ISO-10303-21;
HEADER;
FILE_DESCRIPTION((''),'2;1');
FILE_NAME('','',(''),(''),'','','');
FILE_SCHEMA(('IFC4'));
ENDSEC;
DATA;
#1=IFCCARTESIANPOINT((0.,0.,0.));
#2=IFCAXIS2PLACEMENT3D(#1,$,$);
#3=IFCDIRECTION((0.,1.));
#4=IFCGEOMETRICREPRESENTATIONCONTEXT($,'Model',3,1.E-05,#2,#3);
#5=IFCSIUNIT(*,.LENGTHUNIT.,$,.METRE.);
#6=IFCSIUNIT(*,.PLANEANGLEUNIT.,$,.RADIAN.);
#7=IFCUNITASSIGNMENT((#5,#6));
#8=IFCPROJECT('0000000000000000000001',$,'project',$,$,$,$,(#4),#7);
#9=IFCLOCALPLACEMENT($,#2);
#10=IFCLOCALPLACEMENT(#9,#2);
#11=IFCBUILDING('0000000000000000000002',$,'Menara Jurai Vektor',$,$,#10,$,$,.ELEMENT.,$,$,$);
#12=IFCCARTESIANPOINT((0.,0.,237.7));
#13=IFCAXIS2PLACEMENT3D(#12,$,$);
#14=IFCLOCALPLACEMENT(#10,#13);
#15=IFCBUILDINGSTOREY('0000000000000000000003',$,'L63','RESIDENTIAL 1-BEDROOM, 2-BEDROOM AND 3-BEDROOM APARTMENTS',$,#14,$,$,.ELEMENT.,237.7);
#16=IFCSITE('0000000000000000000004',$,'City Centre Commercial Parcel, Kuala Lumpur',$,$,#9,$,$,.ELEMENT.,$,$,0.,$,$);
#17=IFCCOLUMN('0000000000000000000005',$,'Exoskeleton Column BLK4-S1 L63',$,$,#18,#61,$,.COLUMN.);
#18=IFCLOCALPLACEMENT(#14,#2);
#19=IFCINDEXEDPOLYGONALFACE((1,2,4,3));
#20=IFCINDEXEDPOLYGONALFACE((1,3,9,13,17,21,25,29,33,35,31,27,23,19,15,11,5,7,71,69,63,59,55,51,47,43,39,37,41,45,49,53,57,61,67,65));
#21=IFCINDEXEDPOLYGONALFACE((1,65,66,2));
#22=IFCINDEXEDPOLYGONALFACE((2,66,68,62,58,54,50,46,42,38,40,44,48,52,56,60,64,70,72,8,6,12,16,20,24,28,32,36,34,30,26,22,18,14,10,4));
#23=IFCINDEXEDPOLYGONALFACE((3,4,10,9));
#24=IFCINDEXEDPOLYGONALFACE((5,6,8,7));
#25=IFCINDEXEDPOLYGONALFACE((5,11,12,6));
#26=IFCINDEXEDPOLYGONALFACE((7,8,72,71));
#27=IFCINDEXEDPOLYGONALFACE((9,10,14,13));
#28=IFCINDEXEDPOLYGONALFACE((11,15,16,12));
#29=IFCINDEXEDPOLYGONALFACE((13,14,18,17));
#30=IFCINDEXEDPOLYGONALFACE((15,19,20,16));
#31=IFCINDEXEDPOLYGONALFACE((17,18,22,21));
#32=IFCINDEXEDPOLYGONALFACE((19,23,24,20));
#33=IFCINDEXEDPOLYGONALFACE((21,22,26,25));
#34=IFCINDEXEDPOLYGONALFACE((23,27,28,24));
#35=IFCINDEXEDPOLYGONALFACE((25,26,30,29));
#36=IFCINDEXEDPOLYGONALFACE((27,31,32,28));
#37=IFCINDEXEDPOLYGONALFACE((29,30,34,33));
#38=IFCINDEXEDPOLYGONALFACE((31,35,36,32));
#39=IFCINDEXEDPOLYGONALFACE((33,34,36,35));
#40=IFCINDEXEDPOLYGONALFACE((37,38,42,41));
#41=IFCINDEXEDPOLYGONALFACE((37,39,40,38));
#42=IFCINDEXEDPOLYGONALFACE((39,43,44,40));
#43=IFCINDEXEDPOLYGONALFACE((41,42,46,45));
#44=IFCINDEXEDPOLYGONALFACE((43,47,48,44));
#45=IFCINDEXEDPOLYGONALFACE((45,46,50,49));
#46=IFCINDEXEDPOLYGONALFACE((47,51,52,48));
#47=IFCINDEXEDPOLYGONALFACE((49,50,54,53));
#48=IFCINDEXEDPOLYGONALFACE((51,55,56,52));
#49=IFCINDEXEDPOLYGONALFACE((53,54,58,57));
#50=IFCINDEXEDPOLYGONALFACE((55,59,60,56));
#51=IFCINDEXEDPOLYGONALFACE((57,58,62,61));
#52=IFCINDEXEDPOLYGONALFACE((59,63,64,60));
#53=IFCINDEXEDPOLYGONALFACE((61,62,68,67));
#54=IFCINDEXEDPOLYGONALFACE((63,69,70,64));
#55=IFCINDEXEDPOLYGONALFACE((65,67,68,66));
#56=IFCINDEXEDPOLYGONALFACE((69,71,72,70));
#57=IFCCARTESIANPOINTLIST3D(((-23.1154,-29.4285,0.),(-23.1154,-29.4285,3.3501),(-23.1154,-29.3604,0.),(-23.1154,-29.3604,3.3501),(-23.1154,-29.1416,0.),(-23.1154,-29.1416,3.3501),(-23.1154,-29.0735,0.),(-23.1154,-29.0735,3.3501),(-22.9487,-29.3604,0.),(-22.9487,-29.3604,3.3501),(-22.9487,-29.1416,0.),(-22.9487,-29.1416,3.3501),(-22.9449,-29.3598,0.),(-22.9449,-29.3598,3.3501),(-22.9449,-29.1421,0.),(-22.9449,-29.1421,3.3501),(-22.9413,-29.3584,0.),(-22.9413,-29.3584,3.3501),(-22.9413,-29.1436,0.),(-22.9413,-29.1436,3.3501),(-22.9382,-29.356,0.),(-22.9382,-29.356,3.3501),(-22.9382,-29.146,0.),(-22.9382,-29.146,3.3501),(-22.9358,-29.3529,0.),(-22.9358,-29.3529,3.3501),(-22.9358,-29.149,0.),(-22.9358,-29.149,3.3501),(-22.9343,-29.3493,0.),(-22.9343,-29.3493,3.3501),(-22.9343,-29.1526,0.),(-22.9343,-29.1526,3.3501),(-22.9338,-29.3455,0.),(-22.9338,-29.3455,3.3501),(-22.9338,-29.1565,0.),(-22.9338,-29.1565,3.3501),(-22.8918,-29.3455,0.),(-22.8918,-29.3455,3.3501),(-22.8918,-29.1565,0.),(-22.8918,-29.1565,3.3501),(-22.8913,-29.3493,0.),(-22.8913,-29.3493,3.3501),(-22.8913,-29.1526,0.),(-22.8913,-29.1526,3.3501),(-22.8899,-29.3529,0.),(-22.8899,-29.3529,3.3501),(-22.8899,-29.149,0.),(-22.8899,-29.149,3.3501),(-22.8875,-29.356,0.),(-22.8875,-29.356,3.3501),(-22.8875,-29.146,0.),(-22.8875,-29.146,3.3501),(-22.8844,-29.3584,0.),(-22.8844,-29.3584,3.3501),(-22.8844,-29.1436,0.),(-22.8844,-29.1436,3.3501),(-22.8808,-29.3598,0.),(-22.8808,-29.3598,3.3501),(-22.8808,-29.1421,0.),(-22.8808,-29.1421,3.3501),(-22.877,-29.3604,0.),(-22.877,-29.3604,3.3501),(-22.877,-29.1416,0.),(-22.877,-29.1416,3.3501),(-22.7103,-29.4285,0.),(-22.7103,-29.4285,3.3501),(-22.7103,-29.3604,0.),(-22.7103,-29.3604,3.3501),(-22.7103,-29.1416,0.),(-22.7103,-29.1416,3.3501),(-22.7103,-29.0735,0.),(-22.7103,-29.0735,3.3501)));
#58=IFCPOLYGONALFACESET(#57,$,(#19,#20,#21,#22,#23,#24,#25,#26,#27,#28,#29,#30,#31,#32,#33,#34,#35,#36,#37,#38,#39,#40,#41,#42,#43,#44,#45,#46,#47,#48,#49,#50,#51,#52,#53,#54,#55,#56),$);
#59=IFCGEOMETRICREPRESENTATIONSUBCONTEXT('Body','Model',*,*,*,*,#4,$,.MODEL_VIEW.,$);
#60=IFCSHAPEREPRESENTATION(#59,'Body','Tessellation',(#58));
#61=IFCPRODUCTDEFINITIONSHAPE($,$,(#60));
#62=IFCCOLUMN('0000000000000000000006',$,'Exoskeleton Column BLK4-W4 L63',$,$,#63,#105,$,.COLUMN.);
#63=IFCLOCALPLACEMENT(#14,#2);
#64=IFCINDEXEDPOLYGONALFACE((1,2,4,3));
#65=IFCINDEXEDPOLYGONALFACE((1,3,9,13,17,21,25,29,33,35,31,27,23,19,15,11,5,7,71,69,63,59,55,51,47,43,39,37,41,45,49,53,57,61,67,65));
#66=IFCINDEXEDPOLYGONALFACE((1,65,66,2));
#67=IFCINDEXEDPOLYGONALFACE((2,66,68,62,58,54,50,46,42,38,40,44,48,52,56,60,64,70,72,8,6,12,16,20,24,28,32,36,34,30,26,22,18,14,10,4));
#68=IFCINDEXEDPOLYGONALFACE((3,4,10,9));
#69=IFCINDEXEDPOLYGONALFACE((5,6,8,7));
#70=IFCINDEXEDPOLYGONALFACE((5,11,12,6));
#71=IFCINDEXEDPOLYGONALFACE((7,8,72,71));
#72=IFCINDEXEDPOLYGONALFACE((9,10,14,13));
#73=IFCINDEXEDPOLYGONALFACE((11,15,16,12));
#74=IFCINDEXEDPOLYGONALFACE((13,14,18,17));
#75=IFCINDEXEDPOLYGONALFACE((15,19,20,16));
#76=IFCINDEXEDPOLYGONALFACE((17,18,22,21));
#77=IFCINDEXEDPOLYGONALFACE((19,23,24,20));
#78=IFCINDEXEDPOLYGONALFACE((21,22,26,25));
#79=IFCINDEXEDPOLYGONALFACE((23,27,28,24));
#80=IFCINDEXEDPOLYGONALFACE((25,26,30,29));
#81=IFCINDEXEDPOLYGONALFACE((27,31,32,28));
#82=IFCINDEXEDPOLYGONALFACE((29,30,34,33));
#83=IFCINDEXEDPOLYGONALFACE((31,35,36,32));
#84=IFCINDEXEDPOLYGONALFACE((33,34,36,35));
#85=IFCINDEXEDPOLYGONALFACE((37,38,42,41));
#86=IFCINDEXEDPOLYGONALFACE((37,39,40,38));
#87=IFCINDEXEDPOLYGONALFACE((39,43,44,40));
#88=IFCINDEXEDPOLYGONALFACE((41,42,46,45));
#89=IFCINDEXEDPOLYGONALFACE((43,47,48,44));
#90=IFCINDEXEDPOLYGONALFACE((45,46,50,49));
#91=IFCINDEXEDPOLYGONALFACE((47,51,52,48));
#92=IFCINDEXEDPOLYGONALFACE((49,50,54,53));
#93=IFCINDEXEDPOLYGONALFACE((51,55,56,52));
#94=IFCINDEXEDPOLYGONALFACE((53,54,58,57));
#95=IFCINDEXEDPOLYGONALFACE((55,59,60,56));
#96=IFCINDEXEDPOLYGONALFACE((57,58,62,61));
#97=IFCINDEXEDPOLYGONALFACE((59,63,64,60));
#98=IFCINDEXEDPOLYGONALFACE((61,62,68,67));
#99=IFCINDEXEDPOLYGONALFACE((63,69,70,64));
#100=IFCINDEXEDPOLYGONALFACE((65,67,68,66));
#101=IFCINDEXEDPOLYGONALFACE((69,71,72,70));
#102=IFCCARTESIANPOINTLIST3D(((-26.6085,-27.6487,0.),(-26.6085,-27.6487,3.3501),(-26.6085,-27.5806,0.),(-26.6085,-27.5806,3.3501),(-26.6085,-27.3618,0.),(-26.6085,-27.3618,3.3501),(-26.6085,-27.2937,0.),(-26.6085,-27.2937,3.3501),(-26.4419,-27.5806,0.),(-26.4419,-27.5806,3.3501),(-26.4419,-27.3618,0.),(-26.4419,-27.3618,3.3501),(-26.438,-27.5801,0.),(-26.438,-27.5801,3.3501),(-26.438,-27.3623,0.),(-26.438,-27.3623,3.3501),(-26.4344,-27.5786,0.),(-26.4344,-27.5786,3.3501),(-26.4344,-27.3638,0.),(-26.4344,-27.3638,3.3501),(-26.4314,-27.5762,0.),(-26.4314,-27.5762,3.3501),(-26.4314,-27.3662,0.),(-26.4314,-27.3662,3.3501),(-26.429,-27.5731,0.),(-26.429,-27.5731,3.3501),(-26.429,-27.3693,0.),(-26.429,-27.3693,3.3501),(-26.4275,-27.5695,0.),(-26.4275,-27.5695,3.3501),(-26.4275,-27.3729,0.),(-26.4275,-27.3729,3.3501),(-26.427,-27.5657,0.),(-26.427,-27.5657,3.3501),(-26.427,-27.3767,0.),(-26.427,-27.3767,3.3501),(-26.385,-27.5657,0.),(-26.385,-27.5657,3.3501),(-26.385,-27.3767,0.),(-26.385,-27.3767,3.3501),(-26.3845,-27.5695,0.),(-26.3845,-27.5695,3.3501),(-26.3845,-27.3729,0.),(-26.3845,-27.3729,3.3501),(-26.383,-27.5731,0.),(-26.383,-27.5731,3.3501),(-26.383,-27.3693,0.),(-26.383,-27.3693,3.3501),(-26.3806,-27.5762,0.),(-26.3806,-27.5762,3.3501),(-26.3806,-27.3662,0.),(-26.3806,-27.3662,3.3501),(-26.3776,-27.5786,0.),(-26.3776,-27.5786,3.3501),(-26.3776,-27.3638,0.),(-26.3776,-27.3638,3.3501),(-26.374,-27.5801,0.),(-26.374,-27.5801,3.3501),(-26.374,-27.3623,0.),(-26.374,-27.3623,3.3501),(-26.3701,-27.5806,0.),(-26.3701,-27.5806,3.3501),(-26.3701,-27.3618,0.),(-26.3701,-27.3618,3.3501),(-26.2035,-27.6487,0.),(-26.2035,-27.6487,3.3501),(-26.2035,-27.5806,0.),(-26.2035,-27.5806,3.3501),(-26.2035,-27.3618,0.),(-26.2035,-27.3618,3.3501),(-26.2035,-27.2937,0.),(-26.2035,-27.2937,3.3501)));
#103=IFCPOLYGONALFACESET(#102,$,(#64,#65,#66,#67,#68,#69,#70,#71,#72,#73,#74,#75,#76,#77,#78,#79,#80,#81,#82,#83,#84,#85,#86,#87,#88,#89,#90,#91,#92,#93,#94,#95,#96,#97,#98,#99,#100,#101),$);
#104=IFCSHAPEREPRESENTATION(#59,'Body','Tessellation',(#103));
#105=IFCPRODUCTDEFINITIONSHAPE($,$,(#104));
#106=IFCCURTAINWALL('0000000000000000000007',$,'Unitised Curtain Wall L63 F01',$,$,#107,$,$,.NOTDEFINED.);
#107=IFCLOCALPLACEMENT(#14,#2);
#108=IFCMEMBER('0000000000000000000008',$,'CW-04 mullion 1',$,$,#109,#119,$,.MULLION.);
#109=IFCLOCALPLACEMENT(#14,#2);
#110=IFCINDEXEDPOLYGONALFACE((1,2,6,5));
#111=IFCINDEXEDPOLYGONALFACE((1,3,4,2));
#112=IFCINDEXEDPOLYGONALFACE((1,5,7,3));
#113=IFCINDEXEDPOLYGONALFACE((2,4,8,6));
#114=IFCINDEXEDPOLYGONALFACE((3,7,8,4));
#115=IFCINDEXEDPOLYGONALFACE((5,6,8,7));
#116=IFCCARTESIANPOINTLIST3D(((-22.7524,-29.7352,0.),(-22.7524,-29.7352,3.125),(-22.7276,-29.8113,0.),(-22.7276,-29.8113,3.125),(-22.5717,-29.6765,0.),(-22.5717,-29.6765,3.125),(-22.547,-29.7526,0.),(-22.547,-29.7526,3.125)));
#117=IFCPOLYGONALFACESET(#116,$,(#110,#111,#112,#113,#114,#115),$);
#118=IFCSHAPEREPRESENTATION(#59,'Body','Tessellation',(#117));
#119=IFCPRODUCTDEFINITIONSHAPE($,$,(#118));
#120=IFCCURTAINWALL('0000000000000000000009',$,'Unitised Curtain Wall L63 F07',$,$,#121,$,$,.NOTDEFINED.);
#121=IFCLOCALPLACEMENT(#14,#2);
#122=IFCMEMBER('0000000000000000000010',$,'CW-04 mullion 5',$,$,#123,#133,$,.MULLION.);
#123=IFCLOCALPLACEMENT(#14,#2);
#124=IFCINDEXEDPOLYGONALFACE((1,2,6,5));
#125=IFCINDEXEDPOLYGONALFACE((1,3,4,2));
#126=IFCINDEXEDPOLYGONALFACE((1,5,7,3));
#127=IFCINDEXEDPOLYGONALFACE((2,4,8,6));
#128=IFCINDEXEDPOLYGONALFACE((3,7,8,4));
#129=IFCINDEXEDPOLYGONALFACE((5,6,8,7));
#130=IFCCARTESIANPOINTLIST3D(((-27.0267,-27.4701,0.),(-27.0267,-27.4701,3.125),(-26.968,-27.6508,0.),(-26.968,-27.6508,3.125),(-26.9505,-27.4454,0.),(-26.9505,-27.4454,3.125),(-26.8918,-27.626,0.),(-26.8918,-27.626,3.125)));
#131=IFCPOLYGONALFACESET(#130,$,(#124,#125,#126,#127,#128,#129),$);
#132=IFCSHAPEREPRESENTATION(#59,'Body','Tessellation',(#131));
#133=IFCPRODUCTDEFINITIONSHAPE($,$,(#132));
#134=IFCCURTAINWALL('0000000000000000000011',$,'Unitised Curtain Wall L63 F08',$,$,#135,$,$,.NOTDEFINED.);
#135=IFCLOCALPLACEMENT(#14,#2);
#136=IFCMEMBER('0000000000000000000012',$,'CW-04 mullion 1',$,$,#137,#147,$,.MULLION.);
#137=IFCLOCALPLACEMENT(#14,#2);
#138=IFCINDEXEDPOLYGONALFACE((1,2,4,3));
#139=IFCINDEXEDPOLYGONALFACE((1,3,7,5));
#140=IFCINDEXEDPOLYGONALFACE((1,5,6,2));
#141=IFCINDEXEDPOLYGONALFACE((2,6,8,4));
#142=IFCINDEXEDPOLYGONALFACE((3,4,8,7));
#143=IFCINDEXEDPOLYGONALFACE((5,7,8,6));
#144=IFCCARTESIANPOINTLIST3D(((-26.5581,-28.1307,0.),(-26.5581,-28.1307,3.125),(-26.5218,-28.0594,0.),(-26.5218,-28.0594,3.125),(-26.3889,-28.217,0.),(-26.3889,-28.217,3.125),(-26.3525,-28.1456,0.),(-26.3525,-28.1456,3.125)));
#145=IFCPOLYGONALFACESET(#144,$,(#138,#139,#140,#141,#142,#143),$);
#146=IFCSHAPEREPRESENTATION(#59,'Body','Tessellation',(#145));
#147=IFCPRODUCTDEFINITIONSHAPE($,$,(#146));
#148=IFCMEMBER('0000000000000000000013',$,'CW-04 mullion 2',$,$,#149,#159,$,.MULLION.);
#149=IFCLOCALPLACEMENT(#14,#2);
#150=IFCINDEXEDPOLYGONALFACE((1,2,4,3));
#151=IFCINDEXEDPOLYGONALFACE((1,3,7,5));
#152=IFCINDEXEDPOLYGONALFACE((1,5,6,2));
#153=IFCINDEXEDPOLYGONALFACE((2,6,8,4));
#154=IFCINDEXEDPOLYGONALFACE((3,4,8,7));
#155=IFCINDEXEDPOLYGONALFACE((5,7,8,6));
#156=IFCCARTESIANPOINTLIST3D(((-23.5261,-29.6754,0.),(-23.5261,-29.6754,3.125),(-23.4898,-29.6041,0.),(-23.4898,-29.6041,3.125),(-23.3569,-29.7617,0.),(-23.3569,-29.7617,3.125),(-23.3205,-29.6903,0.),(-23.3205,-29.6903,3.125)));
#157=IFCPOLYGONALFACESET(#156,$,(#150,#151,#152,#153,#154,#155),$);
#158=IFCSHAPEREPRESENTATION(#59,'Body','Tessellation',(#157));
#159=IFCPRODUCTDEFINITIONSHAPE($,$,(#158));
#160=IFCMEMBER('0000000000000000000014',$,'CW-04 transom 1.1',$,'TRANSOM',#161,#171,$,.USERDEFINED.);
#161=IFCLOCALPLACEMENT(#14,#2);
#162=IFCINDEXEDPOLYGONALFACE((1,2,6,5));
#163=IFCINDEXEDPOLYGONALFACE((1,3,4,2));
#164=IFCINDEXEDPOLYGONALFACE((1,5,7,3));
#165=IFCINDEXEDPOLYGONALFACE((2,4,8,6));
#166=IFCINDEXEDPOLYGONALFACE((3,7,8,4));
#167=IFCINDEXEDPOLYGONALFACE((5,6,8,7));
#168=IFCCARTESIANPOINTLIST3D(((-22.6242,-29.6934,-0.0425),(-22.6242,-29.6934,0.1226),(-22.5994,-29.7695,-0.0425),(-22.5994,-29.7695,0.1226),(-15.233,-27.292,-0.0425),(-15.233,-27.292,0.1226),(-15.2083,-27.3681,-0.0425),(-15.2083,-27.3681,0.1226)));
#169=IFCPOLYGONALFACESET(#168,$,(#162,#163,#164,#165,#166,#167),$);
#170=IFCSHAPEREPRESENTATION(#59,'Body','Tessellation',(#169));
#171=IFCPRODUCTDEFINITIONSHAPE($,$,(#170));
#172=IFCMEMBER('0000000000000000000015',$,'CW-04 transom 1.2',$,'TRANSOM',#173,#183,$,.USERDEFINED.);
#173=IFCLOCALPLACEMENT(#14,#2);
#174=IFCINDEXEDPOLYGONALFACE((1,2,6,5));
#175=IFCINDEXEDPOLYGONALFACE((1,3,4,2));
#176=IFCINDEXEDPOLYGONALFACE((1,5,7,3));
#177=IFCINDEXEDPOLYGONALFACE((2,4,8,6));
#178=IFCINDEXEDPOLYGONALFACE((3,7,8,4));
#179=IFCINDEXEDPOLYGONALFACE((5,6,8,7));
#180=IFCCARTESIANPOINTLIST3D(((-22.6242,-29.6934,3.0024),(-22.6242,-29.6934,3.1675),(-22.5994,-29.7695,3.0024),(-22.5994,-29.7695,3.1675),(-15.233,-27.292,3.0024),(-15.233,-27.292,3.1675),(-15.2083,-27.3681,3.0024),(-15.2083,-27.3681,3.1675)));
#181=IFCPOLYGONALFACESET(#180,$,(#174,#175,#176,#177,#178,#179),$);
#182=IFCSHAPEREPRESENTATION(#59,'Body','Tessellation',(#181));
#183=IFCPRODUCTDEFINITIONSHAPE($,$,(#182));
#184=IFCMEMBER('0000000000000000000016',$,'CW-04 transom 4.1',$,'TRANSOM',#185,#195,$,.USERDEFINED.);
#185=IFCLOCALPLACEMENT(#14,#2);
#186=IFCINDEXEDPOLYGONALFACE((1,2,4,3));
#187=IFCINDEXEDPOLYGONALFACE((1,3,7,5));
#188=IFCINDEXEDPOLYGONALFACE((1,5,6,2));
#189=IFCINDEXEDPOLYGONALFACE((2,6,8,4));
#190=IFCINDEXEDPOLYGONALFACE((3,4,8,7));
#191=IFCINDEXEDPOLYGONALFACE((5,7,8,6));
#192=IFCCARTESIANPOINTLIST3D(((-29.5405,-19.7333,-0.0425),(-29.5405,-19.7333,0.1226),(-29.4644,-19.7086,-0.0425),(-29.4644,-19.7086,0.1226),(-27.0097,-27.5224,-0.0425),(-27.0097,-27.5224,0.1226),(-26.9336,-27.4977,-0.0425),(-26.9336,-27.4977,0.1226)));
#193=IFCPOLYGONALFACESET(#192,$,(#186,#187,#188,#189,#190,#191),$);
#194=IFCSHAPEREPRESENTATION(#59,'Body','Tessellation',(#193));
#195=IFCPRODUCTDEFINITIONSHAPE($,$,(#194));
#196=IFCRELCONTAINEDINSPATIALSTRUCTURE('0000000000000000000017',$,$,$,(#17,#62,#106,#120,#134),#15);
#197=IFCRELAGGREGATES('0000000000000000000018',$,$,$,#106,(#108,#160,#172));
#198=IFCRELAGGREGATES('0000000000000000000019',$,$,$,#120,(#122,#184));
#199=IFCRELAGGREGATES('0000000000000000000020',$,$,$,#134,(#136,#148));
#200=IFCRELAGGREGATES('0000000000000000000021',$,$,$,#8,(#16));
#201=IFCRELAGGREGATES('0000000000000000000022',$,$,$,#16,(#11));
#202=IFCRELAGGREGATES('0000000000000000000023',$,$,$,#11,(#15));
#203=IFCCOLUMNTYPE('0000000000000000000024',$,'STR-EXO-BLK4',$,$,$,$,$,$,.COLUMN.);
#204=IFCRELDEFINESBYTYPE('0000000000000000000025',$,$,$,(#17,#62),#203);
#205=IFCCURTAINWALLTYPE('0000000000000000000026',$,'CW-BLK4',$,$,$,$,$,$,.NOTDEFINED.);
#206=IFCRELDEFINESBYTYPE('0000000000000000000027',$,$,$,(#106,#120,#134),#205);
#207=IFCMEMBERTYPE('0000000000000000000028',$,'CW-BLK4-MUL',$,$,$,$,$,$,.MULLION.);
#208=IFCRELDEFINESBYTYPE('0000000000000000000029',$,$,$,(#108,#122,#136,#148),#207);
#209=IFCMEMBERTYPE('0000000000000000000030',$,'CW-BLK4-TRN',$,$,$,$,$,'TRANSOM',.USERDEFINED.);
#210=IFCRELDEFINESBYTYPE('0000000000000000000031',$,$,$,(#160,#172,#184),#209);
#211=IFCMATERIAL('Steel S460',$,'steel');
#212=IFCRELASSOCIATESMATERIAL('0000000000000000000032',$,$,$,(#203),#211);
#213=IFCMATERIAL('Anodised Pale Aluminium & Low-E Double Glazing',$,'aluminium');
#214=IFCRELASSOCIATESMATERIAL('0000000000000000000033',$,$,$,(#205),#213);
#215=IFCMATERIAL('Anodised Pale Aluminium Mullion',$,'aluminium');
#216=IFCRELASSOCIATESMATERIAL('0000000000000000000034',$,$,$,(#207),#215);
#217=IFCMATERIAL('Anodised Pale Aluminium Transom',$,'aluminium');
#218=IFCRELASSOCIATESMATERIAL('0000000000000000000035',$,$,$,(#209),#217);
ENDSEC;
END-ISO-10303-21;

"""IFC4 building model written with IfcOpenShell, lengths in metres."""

from ifc_helpers import new_model, si_unit, direction, frame, origin, origin_2d, place, context, subcontext, project, spatial, rectangle, i_section, extrude, material, material_profile, profile_set, type_object, element, aggregate, save


model = new_model("IFC4")

# Units and contexts
model_context = context("Model", 3, precision=1e-05, world=origin(), true_north=direction((0.0, 1.0)))
body_context = subcontext(model_context, "Body", "Model", "MODEL_VIEW")
ifc_project = project(units=[si_unit("LENGTHUNIT", "METRE"), si_unit("PLANEANGLEUNIT", "RADIAN")], contexts=[model_context])

# Site, building, storey
site_placement = place(None, origin())
site = spatial("IfcSite", under=ifc_project, at=site_placement, Name="City Centre Commercial Parcel, Kuala Lumpur", CompositionType="ELEMENT", RefElevation=0.0)
building_placement = place(site_placement, origin())
building = spatial("IfcBuilding", under=site, at=building_placement, Name="Menara Jurai Vektor", CompositionType="ELEMENT")
storey_placement = place(building_placement, frame((0.0, 0.0, 237.7)))
storey = spatial("IfcBuildingStorey", under=building, at=storey_placement, Name="L63", Description="RESIDENTIAL 1-BEDROOM, 2-BEDROOM AND 3-BEDROOM APARTMENTS", CompositionType="ELEMENT", Elevation=237.7)

# Columns
ifc_material_1 = material(Name="Steel S460", Category="steel")
ifc_material_profile_1 = material_profile(ifc_material_1, i_section(OverallWidth=0.405, OverallDepth=0.355, WebThickness=0.042, FlangeThickness=0.0681, FilletRadius=0.0149, at=origin_2d()), Name="HD 400x551")
ifc_profile_set_1 = profile_set([ifc_material_profile_1], Name="Steel S460")
column_type = type_object("IfcColumnType", Name="STR-EXO-BLK4", PredefinedType="COLUMN", material=ifc_profile_set_1)
for number, where, z_axis, x_axis, name in (
    (1, (-22.9128, -29.251, 0.0), (0.0, 0.0, 1.0), (1.0, 0.0, 0.0), "Exoskeleton Column BLK4-S1 L63"),
    (2, (-26.406, -27.4712, 0.0), (0.0, 0.0, 1.0), (1.0, 0.0, 0.0), "Exoskeleton Column BLK4-W4 L63"),
):
    element("IfcColumn", number, at=place(storey_placement, frame(where, z_axis=z_axis, x_axis=x_axis)), inside=storey, type_object=column_type, Name=name, PredefinedType="COLUMN", context=body_context, shape_type="SweptSolid", body=[
        extrude(i_section(OverallWidth=0.405, OverallDepth=0.355, WebThickness=0.042, FlangeThickness=0.0681, FilletRadius=0.0149, at=origin_2d()), origin(), (0.0, 0.0, 1.0), 3.3501),
    ])

# Curtain walls, members
ifc_material_2 = material(Name="Anodised Pale Aluminium & Low-E Double Glazing", Category="aluminium")
curtain_wall_type = type_object("IfcCurtainWallType", Name="CW-BLK4", PredefinedType="NOTDEFINED", material=ifc_material_2)
curtain_wall_1_placement = place(storey_placement, origin())
curtain_wall_1 = element("IfcCurtainWall", 3, at=curtain_wall_1_placement, inside=storey, type_object=curtain_wall_type, Name="Unitised Curtain Wall L63 F01", PredefinedType="NOTDEFINED")
ifc_material_3 = material(Name="Anodised Pale Aluminium Mullion", Category="aluminium")
ifc_material_profile_2 = material_profile(ifc_material_3, rectangle(XDim=0.0801, YDim=0.1899, at=origin_2d()), Name="ALU MUL 80x190")
ifc_profile_set_2 = profile_set([ifc_material_profile_2], Name="Anodised Pale Aluminium Mullion")
member_type_1 = type_object("IfcMemberType", Name="CW-BLK4-MUL", PredefinedType="MULLION", material=ifc_profile_set_2)
member_1_placement = place(storey_placement, frame((-22.6497, -29.7439, 0.0), z_axis=(0.0, 0.0, 1.0), x_axis=(-0.309017, 0.951056, 0.0)))
member_1 = element("IfcMember", 4, at=member_1_placement, type_object=member_type_1, Name="CW-04 mullion 1", PredefinedType="MULLION", context=body_context, shape_type="SweptSolid", body=[
    extrude(rectangle(XDim=0.0801, YDim=0.1899, at=origin_2d()), origin(), (0.0, 0.0, 1.0), 3.125),
])
curtain_wall_2_placement = place(storey_placement, origin())
curtain_wall_2 = element("IfcCurtainWall", 5, at=curtain_wall_2_placement, inside=storey, type_object=curtain_wall_type, Name="Unitised Curtain Wall L63 F07", PredefinedType="NOTDEFINED")
member_2_placement = place(storey_placement, frame((-26.9592, -27.5481, 0.0), z_axis=(0.0, 0.0, 1.0), x_axis=(0.951057, 0.309016, 0.0)))
member_2 = element("IfcMember", 6, at=member_2_placement, type_object=member_type_1, Name="CW-04 mullion 5", PredefinedType="MULLION", context=body_context, shape_type="SweptSolid", body=[
    extrude(rectangle(XDim=0.0801, YDim=0.1899, at=origin_2d()), origin(), (0.0, 0.0, 1.0), 3.125),
])

# Curtain wall, members
curtain_wall_3_placement = place(storey_placement, origin())
curtain_wall_3 = element("IfcCurtainWall", 7, at=curtain_wall_3_placement, inside=storey, type_object=curtain_wall_type, Name="Unitised Curtain Wall L63 F08", PredefinedType="NOTDEFINED")
member_3_placement = place(storey_placement, frame((-26.4553, -28.1382, 0.0), z_axis=(0.0, 0.0, 1.0), x_axis=(0.453989, 0.891008, 0.0)))
member_3 = element("IfcMember", 8, at=member_3_placement, type_object=member_type_1, Name="CW-04 mullion 1", PredefinedType="MULLION", context=body_context, shape_type="SweptSolid", body=[
    extrude(rectangle(XDim=0.0801, YDim=0.1899, at=origin_2d()), origin(), (0.0, 0.0, 1.0), 3.125),
])
member_4_placement = place(storey_placement, frame((-23.4233, -29.6829, 0.0), z_axis=(0.0, 0.0, 1.0), x_axis=(0.453989, 0.891008, 0.0)))
member_4 = element("IfcMember", 9, at=member_4_placement, type_object=member_type_1, Name="CW-04 mullion 2", PredefinedType="MULLION", context=body_context, shape_type="SweptSolid", body=[
    extrude(rectangle(XDim=0.0801, YDim=0.1899, at=origin_2d()), origin(), (0.0, 0.0, 1.0), 3.125),
])

# Members
ifc_material_4 = material(Name="Anodised Pale Aluminium Transom", Category="aluminium")
ifc_material_profile_3 = material_profile(ifc_material_4, rectangle(XDim=0.0801, YDim=0.165, at=origin_2d()), Name="ALU TRN 80x165")
ifc_profile_set_3 = profile_set([ifc_material_profile_3], Name="Anodised Pale Aluminium Transom")
member_type_2 = type_object("IfcMemberType", Name="CW-BLK4-TRN", ElementType="TRANSOM", PredefinedType="USERDEFINED", material=ifc_profile_set_3)
member_5_placement = place(storey_placement, frame((-22.6118, -29.7314, 0.04), z_axis=(0.951062, 0.308999, 0.0), x_axis=(-0.308999, 0.951062, 0.0)))
member_5 = element("IfcMember", 10, at=member_5_placement, type_object=member_type_2, Name="CW-04 transom 1.1", ObjectType="TRANSOM", PredefinedType="USERDEFINED", context=body_context, shape_type="SweptSolid", body=[
    extrude(rectangle(XDim=0.0801, YDim=0.165, at=origin_2d()), origin(), (0.0, 0.0, 1.0), 7.7715),
])
member_6_placement = place(storey_placement, frame((-22.6118, -29.7314, 3.085), z_axis=(0.951062, 0.308999, 0.0), x_axis=(-0.308999, 0.951062, 0.0)))
member_6 = element("IfcMember", 11, at=member_6_placement, type_object=member_type_2, Name="CW-04 transom 1.2", ObjectType="TRANSOM", PredefinedType="USERDEFINED", context=body_context, shape_type="SweptSolid", body=[
    extrude(rectangle(XDim=0.0801, YDim=0.165, at=origin_2d()), origin(), (0.0, 0.0, 1.0), 7.7715),
])
aggregate(curtain_wall_1, [member_1, member_5, member_6])
member_7_placement = place(storey_placement, frame((-29.5024, -19.7209, 0.04), z_axis=(0.309011, -0.951059, 0.0), x_axis=(0.951059, 0.309011, 0.0)))
member_7 = element("IfcMember", 12, at=member_7_placement, type_object=member_type_2, Name="CW-04 transom 4.1", ObjectType="TRANSOM", PredefinedType="USERDEFINED", context=body_context, shape_type="SweptSolid", body=[
    extrude(rectangle(XDim=0.0801, YDim=0.165, at=origin_2d()), origin(), (0.0, 0.0, 1.0), 8.1899),
])

aggregate(curtain_wall_2, [member_2, member_7])
aggregate(curtain_wall_3, [member_3, member_4])

save(model, "model.ifc")
